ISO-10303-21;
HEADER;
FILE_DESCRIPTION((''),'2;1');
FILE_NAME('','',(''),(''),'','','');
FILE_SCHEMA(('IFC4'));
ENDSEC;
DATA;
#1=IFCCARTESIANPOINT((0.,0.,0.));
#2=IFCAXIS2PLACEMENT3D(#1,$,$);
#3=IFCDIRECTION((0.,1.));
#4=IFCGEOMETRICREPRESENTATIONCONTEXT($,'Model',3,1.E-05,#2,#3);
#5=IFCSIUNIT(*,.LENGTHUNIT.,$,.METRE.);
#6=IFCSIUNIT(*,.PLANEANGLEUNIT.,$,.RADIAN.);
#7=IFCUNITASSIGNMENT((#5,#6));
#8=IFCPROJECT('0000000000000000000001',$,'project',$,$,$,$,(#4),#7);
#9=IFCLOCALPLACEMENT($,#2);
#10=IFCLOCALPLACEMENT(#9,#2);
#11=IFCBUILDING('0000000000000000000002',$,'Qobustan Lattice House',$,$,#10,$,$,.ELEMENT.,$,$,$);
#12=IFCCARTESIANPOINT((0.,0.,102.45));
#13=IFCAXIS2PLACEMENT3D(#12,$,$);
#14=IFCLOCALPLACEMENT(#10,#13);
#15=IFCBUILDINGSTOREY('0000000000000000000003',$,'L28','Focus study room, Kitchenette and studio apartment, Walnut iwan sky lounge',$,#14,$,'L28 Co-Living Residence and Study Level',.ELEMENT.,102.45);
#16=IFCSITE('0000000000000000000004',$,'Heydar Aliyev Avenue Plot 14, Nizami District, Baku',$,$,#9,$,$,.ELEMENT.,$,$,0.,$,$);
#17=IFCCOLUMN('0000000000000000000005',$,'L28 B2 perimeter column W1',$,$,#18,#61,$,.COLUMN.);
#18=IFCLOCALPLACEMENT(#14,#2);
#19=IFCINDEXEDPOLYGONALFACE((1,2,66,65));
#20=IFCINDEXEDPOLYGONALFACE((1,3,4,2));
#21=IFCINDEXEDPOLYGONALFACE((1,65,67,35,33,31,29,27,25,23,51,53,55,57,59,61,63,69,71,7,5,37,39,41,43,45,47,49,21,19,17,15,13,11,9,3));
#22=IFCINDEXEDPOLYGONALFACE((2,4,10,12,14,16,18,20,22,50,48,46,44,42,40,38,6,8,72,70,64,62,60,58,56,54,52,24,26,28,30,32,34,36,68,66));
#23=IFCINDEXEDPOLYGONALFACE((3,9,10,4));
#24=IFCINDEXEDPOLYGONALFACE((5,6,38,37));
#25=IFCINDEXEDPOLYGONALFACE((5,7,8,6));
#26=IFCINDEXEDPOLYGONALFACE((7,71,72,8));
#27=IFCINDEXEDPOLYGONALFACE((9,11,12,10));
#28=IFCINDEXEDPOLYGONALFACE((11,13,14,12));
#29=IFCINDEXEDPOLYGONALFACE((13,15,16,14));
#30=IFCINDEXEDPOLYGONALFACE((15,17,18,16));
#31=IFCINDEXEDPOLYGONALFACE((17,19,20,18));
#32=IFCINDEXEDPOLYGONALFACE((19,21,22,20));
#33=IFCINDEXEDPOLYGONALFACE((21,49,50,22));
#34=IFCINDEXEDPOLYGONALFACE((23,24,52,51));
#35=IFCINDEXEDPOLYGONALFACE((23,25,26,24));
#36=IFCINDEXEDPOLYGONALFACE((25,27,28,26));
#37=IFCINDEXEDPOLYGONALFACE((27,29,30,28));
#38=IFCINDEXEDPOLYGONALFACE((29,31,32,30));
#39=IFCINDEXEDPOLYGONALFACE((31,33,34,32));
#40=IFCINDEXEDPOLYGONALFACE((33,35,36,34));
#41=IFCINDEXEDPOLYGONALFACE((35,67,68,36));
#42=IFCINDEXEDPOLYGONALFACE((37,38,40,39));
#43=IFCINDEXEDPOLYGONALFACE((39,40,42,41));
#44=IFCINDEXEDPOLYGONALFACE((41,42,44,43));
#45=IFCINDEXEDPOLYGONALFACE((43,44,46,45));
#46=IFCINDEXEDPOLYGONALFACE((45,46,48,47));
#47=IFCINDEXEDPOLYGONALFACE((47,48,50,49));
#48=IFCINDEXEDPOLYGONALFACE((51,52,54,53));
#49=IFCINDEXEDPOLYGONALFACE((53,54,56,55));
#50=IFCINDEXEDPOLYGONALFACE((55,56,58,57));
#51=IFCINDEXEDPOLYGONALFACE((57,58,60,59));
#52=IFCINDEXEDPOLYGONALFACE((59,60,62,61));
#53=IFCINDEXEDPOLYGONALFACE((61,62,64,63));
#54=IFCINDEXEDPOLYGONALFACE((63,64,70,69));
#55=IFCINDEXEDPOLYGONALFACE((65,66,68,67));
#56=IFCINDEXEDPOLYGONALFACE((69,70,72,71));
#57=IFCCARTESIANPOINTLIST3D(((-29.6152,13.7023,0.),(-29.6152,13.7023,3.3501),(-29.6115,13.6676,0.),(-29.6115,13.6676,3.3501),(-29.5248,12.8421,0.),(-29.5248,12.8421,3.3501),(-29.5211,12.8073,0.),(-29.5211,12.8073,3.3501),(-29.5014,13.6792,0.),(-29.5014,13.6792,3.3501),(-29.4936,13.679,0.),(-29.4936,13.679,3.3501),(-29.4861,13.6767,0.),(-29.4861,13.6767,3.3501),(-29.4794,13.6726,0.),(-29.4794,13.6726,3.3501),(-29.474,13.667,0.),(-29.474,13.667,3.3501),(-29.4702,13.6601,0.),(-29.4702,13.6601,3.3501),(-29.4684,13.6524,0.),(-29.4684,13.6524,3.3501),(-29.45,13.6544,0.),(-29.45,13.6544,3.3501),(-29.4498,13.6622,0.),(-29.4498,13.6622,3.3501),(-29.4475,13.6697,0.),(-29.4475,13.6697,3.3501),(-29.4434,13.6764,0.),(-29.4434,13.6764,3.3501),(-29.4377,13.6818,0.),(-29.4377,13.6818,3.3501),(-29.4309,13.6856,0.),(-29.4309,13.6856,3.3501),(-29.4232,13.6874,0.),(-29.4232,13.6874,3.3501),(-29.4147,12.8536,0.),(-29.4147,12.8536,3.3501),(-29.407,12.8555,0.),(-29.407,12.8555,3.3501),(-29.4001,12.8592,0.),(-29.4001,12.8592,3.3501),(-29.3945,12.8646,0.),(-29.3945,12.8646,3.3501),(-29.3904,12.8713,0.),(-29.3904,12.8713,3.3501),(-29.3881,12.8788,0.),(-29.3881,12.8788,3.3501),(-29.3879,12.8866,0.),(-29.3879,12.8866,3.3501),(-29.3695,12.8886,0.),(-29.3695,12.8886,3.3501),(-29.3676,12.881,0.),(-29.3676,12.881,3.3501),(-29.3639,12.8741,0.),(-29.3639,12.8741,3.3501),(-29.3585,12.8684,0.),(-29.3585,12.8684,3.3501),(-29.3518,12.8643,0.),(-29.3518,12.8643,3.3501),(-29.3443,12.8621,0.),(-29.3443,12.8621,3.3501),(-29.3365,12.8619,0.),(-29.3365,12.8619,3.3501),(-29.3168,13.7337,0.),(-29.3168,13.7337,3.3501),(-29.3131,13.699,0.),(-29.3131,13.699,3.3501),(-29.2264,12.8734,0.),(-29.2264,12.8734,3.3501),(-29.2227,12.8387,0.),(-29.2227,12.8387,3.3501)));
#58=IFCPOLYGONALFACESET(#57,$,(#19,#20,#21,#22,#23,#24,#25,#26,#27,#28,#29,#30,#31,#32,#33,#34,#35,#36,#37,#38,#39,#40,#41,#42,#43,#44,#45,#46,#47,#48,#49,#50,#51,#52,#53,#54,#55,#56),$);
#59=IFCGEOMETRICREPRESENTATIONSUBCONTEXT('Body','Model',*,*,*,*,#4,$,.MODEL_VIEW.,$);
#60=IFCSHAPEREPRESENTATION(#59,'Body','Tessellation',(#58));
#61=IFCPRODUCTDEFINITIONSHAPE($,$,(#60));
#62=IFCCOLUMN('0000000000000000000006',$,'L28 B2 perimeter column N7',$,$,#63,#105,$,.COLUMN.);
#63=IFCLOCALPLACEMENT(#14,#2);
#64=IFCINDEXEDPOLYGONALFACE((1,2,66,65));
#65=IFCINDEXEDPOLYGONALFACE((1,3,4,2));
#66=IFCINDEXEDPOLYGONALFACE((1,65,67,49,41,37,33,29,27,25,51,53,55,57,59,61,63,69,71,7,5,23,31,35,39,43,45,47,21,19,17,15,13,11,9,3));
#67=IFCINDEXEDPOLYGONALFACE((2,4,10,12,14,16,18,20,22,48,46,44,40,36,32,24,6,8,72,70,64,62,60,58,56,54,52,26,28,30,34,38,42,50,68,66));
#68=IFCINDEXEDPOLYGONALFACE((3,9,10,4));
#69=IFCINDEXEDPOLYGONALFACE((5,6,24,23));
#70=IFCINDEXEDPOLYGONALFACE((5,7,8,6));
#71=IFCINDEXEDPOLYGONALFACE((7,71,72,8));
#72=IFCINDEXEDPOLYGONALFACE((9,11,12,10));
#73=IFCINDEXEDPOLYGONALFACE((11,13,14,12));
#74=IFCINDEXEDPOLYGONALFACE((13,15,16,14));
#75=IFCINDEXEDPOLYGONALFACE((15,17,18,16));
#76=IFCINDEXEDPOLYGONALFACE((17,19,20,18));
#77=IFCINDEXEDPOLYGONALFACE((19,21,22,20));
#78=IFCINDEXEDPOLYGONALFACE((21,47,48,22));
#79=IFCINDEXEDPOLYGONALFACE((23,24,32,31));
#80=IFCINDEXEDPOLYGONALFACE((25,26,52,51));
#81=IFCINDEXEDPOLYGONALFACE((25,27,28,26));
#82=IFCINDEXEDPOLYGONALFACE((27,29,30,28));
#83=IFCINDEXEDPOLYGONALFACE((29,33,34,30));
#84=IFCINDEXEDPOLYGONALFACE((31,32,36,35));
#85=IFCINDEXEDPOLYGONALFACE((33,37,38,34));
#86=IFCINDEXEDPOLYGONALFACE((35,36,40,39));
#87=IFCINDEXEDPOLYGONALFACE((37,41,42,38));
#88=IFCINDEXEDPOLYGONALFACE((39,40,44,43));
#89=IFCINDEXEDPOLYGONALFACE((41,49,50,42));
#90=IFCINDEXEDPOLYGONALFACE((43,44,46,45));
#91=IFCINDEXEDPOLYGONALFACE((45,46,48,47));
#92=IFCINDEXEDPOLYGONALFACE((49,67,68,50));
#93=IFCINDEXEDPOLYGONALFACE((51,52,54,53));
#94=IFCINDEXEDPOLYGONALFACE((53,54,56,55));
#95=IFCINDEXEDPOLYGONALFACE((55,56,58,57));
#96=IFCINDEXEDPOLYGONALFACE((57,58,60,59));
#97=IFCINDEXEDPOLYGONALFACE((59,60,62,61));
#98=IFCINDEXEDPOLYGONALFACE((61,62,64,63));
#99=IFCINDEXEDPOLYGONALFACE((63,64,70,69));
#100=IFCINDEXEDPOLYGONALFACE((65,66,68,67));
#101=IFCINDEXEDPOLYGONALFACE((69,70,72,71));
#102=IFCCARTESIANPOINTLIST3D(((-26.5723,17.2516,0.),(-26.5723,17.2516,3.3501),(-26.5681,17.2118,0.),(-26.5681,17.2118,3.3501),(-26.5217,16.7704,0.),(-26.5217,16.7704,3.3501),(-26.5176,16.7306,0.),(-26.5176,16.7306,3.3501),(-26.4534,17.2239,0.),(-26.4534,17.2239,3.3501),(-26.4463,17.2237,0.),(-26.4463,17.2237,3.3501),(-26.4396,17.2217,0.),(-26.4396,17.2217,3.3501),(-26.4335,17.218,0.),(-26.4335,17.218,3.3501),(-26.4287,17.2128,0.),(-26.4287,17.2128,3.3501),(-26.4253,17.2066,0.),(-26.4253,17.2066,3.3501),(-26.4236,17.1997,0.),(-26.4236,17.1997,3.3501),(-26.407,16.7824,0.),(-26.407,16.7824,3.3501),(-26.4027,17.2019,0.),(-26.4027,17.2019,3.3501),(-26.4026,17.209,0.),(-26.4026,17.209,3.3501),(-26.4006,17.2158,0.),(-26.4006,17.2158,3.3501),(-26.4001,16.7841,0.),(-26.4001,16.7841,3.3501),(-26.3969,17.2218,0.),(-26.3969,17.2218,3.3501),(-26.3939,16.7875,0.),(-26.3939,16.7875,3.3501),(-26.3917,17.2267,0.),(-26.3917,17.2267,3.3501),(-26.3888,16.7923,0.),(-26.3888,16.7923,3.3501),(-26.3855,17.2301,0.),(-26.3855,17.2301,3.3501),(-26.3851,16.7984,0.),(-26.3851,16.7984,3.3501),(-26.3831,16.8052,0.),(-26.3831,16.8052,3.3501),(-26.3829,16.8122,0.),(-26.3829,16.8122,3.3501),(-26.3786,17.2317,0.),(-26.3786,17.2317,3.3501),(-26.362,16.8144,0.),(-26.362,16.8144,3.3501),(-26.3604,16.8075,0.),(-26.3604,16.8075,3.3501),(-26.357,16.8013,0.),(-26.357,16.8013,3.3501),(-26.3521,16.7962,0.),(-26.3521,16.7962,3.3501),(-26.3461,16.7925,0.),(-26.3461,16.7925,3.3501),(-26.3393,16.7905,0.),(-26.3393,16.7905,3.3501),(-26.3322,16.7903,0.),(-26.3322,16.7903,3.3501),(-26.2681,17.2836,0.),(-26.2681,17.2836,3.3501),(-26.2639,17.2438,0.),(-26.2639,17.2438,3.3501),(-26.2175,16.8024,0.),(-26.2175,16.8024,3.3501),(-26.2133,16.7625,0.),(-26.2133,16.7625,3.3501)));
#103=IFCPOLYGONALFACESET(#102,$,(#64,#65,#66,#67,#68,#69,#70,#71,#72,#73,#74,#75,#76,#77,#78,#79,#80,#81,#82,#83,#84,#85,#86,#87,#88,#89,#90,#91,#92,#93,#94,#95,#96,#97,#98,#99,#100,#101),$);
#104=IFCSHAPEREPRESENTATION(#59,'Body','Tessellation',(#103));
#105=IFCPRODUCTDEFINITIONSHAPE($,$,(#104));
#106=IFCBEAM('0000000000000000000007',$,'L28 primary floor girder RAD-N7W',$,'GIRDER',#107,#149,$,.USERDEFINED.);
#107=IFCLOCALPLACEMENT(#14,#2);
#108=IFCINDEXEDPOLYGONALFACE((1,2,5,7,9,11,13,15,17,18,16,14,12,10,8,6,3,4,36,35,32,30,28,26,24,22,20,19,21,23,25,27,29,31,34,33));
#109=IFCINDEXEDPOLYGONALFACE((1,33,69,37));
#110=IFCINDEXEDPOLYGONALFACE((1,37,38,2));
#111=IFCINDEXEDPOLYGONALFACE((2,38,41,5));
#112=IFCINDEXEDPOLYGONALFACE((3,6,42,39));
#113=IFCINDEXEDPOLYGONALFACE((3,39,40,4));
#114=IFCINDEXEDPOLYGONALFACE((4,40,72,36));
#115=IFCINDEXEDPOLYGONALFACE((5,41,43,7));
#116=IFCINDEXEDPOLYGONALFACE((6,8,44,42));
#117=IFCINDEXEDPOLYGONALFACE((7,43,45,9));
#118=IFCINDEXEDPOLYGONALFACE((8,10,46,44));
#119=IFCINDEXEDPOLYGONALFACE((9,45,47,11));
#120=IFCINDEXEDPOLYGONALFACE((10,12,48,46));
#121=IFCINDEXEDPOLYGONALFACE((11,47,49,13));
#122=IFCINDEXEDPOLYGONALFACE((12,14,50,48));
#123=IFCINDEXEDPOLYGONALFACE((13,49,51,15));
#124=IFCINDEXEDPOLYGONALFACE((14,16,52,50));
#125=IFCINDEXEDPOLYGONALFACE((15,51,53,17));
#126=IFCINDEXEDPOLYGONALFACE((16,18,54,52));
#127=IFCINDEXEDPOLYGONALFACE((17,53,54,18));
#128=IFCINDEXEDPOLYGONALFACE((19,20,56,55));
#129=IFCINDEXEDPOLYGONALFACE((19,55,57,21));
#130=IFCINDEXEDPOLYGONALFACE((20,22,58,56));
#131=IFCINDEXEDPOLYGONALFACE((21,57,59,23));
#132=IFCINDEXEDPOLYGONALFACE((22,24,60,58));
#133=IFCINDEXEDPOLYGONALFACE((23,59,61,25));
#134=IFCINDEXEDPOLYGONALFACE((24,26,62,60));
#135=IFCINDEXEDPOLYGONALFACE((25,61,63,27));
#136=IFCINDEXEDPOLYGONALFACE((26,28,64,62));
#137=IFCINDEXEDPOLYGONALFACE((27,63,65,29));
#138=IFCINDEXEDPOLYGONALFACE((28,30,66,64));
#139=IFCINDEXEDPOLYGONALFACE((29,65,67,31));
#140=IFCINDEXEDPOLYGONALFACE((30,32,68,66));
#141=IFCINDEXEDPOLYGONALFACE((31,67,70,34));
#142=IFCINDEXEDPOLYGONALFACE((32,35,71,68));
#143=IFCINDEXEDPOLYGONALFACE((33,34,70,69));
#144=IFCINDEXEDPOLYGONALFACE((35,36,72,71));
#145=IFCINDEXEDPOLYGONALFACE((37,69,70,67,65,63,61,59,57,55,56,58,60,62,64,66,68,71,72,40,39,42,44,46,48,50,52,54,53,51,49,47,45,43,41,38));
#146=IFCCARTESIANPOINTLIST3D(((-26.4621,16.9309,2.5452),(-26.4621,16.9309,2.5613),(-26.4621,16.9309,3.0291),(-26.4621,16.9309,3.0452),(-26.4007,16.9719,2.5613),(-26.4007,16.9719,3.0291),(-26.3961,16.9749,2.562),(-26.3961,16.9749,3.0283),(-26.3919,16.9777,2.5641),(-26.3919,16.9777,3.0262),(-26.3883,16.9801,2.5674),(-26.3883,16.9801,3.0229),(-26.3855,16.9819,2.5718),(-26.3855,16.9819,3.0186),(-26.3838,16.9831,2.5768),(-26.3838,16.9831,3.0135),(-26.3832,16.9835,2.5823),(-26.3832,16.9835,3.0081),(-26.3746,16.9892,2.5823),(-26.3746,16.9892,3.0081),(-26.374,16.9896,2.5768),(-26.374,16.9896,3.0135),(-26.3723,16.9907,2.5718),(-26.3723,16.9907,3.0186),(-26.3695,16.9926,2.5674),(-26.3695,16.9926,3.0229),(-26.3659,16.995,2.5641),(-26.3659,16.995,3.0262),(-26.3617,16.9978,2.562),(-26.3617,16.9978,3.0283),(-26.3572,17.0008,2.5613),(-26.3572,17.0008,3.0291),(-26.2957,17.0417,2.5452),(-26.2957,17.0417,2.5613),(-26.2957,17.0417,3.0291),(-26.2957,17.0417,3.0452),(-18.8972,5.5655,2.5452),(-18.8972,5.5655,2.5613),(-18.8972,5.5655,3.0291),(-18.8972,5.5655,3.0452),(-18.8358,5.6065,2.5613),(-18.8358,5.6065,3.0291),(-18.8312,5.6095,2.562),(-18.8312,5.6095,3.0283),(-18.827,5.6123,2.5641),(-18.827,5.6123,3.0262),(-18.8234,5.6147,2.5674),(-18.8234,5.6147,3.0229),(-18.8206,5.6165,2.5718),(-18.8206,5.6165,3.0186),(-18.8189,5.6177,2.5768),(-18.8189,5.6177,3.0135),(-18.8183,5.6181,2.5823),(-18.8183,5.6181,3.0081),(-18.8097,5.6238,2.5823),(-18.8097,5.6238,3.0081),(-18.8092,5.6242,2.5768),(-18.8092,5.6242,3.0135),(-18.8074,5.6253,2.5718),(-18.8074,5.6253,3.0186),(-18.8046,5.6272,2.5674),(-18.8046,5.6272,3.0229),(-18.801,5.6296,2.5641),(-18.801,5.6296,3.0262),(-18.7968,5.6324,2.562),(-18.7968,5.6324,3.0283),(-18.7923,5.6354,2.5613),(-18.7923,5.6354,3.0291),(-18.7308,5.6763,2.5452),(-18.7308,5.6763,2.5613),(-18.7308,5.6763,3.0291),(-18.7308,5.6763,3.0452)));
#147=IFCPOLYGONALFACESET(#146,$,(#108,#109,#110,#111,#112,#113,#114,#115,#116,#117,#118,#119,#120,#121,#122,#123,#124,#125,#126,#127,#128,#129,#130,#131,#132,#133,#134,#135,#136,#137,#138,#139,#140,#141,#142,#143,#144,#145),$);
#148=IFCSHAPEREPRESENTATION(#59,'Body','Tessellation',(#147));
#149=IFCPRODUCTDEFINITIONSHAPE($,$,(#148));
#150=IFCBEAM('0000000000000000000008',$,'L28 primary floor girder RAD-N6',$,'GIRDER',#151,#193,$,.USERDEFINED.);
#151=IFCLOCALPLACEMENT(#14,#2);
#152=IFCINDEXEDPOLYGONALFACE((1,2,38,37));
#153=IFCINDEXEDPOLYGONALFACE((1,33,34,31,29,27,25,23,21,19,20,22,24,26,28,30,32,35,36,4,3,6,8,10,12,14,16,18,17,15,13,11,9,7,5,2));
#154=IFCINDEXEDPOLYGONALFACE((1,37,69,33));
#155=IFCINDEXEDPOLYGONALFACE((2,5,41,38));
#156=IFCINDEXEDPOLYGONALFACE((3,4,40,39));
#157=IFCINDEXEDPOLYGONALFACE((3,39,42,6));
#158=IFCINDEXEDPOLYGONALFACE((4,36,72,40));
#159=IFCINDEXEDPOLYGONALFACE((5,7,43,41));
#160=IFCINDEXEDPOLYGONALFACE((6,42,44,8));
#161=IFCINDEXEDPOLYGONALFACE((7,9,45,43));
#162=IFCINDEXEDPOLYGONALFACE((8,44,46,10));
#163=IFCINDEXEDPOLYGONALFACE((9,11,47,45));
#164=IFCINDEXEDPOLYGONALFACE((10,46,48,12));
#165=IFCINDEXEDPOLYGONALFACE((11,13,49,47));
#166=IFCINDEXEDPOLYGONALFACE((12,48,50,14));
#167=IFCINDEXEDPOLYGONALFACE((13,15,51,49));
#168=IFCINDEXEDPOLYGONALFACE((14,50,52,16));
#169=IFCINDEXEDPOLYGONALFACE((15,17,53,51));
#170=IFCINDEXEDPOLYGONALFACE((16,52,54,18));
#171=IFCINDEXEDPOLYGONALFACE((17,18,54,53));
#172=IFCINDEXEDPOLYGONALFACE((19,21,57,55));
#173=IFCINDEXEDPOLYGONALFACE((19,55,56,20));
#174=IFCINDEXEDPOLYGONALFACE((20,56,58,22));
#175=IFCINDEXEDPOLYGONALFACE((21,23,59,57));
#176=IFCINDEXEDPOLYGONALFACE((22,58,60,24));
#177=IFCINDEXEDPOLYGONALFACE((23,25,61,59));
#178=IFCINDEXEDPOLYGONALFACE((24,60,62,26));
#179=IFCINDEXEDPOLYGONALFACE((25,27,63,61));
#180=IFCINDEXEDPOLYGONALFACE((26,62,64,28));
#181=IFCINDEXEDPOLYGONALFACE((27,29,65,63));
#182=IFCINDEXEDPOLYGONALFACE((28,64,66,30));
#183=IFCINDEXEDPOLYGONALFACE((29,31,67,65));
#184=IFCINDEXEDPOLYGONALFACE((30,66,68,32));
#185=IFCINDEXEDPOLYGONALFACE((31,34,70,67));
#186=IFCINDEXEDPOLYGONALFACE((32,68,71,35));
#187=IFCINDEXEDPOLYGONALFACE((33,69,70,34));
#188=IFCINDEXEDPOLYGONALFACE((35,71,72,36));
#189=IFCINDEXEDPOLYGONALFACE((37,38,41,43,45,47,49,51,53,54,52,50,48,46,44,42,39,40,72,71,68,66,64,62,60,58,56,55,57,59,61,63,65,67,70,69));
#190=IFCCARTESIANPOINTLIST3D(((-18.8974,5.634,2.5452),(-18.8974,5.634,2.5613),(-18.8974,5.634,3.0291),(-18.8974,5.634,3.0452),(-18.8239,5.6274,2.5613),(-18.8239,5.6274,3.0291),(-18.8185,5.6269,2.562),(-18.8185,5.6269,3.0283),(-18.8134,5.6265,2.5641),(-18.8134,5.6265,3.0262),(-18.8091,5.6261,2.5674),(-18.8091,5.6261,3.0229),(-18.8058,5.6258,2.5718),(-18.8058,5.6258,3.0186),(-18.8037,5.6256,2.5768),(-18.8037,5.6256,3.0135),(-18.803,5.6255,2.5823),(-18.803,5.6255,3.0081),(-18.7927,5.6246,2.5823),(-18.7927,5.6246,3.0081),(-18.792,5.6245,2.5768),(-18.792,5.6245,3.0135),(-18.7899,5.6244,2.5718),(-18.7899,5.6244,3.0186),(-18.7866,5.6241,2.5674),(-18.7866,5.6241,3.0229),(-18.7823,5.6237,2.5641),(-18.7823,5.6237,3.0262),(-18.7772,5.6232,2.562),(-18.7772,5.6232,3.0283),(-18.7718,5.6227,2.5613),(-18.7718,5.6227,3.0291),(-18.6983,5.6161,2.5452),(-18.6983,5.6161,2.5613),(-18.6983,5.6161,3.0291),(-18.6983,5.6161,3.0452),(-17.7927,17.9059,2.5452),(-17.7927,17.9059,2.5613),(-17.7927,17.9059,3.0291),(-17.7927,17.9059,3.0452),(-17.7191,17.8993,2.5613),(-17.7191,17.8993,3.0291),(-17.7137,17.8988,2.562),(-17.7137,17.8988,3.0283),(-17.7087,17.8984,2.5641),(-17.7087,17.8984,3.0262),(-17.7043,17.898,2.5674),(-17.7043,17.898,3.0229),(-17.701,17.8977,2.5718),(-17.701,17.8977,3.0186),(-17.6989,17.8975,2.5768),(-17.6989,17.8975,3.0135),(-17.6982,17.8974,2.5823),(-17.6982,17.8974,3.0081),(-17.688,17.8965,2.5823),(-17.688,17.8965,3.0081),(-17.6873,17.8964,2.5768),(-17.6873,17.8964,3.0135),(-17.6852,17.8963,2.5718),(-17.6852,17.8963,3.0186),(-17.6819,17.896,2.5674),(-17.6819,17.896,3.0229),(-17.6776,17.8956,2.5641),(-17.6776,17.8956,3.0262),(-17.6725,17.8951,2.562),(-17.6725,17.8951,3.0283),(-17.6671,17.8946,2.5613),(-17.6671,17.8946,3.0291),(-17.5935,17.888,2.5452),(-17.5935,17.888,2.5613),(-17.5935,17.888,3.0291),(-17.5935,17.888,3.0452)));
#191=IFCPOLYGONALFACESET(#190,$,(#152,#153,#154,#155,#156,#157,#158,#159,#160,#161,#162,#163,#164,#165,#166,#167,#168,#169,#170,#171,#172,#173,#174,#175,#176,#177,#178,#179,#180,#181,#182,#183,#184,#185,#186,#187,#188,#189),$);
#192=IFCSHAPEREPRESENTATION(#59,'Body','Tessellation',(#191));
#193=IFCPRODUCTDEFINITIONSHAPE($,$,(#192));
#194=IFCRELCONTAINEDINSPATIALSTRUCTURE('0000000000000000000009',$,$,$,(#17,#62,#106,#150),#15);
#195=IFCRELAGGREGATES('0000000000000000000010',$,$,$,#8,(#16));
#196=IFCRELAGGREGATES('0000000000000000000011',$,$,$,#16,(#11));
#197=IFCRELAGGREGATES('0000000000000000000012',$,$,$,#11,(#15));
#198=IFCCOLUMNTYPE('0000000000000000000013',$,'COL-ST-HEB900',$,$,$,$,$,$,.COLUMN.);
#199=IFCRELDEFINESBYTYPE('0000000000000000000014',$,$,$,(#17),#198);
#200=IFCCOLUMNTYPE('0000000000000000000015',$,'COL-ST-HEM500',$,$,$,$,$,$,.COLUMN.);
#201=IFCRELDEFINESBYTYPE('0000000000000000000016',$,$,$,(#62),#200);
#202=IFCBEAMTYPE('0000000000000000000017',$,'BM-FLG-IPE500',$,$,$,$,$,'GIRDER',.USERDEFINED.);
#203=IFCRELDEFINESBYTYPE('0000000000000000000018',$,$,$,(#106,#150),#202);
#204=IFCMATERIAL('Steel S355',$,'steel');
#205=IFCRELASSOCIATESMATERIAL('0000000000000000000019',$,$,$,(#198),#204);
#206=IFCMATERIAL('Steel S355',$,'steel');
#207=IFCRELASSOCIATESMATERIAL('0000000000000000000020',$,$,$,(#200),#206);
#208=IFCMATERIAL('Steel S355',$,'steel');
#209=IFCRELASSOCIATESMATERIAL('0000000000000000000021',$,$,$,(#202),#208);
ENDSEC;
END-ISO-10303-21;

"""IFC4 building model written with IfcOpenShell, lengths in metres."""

from ifc_helpers import new_model, si_unit, direction, frame, origin, origin_2d, place, context, subcontext, project, spatial, i_section, extrude, material, material_profile, profile_set, type_object, element, save


model = new_model("IFC4")

# Units and contexts
model_context = context("Model", 3, precision=1e-05, world=origin(), true_north=direction((0.0, 1.0)))
body_context = subcontext(model_context, "Body", "Model", "MODEL_VIEW")
ifc_project = project(units=[si_unit("LENGTHUNIT", "METRE"), si_unit("PLANEANGLEUNIT", "RADIAN")], contexts=[model_context])

# Site, building, storey
site_placement = place(None, origin())
site = spatial("IfcSite", under=ifc_project, at=site_placement, Name="Heydar Aliyev Avenue Plot 14, Nizami District, Baku", CompositionType="ELEMENT", RefElevation=0.0)
building_placement = place(site_placement, origin())
building = spatial("IfcBuilding", under=site, at=building_placement, Name="Qobustan Lattice House", CompositionType="ELEMENT")
storey_placement = place(building_placement, frame((0.0, 0.0, 102.45)))
storey = spatial("IfcBuildingStorey", under=building, at=storey_placement, Name="L28", Description="Focus study room, Kitchenette and studio apartment, Walnut iwan sky lounge", LongName="L28 Co-Living Residence and Study Level", CompositionType="ELEMENT", Elevation=102.45)

# Columns
ifc_material_1 = material(Name="Steel S355", Category="steel")
ifc_material_profile_1 = material_profile(ifc_material_1, i_section(OverallWidth=0.3, OverallDepth=0.8999, WebThickness=0.0186, FlangeThickness=0.0349, FilletRadius=0.03, at=origin_2d()), Name="HEB900")
ifc_profile_set_1 = profile_set([ifc_material_profile_1], Name="Steel S355")
column_type_1 = type_object("IfcColumnType", Name="COL-ST-HEB900", PredefinedType="COLUMN", material=ifc_profile_set_1)
column_1_placement = place(storey_placement, frame((-29.4189, 13.2705, 0.0), z_axis=(0.0, 0.0, 1.0), x_axis=(0.994522, 0.104528, 0.0)))
element("IfcColumn", 1, at=column_1_placement, inside=storey, type_object=column_type_1, Name="L28 B2 perimeter column W1", PredefinedType="COLUMN", context=body_context, shape_type="SweptSolid", body=[
    extrude(i_section(OverallWidth=0.3, OverallDepth=0.8999, WebThickness=0.0186, FlangeThickness=0.0349, FilletRadius=0.03, at=origin_2d()), origin(), (0.0, 0.0, 1.0), 3.3501),
])
ifc_material_2 = material(Name="Steel S355", Category="steel")
ifc_material_profile_2 = material_profile(ifc_material_2, i_section(OverallWidth=0.3059, OverallDepth=0.5239, WebThickness=0.021, FlangeThickness=0.04, FilletRadius=0.0271, at=origin_2d()), Name="HEM500")
ifc_profile_set_2 = profile_set([ifc_material_profile_2], Name="Steel S355")
column_type_2 = type_object("IfcColumnType", Name="COL-ST-HEM500", PredefinedType="COLUMN", material=ifc_profile_set_2)
column_2_placement = place(storey_placement, frame((-26.3928, 17.0071, 0.0), z_axis=(0.0, 0.0, 1.0), x_axis=(0.994522, 0.104528, 0.0)))
element("IfcColumn", 2, at=column_2_placement, inside=storey, type_object=column_type_2, Name="L28 B2 perimeter column N7", PredefinedType="COLUMN", context=body_context, shape_type="SweptSolid", body=[
    extrude(i_section(OverallWidth=0.3059, OverallDepth=0.5239, WebThickness=0.021, FlangeThickness=0.04, FilletRadius=0.0271, at=origin_2d()), origin(), (0.0, 0.0, 1.0), 3.3501),
])

# Beams
ifc_material_3 = material(Name="Steel S355", Category="steel")
ifc_material_profile_3 = material_profile(ifc_material_3, i_section(OverallWidth=0.2, OverallDepth=0.5, WebThickness=0.0103, FlangeThickness=0.0161, FilletRadius=0.021, at=origin_2d()), Name="IPE500")
ifc_profile_set_3 = profile_set([ifc_material_profile_3], Name="Steel S355")
beam_type_1 = type_object("IfcBeamType", Name="BM-FLG-IPE500", ElementType="GIRDER", PredefinedType="USERDEFINED", material=ifc_profile_set_3)
beam_1_placement = place(storey_placement, frame((-26.3789, 16.9863, 2.7952), z_axis=(0.554089, -0.832457, 0.0), x_axis=(0.832457, 0.554089, 0.0)))
element("IfcBeam", 3, at=beam_1_placement, inside=storey, type_object=beam_type_1, Name="L28 primary floor girder RAD-N7W", ObjectType="GIRDER", PredefinedType="USERDEFINED", context=body_context, shape_type="SweptSolid", body=[
    extrude(i_section(OverallWidth=0.2, OverallDepth=0.5, WebThickness=0.0103, FlangeThickness=0.0161, FilletRadius=0.021, at=origin_2d()), origin(), (0.0, 0.0, 1.0), 13.6528),
])
beam_2_placement = place(storey_placement, frame((-17.6931, 17.897, 2.7952), z_axis=(-0.089659, -0.995973, 0.0), x_axis=(0.995973, -0.089659, 0.0)))
element("IfcBeam", 4, at=beam_2_placement, inside=storey, type_object=beam_type_1, Name="L28 primary floor girder RAD-N6", ObjectType="GIRDER", PredefinedType="USERDEFINED", context=body_context, shape_type="SweptSolid", body=[
    extrude(i_section(OverallWidth=0.2, OverallDepth=0.5, WebThickness=0.0103, FlangeThickness=0.0161, FilletRadius=0.021, at=origin_2d()), origin(), (0.0, 0.0, 1.0), 12.3215),
])

save(model, "model.ifc")
